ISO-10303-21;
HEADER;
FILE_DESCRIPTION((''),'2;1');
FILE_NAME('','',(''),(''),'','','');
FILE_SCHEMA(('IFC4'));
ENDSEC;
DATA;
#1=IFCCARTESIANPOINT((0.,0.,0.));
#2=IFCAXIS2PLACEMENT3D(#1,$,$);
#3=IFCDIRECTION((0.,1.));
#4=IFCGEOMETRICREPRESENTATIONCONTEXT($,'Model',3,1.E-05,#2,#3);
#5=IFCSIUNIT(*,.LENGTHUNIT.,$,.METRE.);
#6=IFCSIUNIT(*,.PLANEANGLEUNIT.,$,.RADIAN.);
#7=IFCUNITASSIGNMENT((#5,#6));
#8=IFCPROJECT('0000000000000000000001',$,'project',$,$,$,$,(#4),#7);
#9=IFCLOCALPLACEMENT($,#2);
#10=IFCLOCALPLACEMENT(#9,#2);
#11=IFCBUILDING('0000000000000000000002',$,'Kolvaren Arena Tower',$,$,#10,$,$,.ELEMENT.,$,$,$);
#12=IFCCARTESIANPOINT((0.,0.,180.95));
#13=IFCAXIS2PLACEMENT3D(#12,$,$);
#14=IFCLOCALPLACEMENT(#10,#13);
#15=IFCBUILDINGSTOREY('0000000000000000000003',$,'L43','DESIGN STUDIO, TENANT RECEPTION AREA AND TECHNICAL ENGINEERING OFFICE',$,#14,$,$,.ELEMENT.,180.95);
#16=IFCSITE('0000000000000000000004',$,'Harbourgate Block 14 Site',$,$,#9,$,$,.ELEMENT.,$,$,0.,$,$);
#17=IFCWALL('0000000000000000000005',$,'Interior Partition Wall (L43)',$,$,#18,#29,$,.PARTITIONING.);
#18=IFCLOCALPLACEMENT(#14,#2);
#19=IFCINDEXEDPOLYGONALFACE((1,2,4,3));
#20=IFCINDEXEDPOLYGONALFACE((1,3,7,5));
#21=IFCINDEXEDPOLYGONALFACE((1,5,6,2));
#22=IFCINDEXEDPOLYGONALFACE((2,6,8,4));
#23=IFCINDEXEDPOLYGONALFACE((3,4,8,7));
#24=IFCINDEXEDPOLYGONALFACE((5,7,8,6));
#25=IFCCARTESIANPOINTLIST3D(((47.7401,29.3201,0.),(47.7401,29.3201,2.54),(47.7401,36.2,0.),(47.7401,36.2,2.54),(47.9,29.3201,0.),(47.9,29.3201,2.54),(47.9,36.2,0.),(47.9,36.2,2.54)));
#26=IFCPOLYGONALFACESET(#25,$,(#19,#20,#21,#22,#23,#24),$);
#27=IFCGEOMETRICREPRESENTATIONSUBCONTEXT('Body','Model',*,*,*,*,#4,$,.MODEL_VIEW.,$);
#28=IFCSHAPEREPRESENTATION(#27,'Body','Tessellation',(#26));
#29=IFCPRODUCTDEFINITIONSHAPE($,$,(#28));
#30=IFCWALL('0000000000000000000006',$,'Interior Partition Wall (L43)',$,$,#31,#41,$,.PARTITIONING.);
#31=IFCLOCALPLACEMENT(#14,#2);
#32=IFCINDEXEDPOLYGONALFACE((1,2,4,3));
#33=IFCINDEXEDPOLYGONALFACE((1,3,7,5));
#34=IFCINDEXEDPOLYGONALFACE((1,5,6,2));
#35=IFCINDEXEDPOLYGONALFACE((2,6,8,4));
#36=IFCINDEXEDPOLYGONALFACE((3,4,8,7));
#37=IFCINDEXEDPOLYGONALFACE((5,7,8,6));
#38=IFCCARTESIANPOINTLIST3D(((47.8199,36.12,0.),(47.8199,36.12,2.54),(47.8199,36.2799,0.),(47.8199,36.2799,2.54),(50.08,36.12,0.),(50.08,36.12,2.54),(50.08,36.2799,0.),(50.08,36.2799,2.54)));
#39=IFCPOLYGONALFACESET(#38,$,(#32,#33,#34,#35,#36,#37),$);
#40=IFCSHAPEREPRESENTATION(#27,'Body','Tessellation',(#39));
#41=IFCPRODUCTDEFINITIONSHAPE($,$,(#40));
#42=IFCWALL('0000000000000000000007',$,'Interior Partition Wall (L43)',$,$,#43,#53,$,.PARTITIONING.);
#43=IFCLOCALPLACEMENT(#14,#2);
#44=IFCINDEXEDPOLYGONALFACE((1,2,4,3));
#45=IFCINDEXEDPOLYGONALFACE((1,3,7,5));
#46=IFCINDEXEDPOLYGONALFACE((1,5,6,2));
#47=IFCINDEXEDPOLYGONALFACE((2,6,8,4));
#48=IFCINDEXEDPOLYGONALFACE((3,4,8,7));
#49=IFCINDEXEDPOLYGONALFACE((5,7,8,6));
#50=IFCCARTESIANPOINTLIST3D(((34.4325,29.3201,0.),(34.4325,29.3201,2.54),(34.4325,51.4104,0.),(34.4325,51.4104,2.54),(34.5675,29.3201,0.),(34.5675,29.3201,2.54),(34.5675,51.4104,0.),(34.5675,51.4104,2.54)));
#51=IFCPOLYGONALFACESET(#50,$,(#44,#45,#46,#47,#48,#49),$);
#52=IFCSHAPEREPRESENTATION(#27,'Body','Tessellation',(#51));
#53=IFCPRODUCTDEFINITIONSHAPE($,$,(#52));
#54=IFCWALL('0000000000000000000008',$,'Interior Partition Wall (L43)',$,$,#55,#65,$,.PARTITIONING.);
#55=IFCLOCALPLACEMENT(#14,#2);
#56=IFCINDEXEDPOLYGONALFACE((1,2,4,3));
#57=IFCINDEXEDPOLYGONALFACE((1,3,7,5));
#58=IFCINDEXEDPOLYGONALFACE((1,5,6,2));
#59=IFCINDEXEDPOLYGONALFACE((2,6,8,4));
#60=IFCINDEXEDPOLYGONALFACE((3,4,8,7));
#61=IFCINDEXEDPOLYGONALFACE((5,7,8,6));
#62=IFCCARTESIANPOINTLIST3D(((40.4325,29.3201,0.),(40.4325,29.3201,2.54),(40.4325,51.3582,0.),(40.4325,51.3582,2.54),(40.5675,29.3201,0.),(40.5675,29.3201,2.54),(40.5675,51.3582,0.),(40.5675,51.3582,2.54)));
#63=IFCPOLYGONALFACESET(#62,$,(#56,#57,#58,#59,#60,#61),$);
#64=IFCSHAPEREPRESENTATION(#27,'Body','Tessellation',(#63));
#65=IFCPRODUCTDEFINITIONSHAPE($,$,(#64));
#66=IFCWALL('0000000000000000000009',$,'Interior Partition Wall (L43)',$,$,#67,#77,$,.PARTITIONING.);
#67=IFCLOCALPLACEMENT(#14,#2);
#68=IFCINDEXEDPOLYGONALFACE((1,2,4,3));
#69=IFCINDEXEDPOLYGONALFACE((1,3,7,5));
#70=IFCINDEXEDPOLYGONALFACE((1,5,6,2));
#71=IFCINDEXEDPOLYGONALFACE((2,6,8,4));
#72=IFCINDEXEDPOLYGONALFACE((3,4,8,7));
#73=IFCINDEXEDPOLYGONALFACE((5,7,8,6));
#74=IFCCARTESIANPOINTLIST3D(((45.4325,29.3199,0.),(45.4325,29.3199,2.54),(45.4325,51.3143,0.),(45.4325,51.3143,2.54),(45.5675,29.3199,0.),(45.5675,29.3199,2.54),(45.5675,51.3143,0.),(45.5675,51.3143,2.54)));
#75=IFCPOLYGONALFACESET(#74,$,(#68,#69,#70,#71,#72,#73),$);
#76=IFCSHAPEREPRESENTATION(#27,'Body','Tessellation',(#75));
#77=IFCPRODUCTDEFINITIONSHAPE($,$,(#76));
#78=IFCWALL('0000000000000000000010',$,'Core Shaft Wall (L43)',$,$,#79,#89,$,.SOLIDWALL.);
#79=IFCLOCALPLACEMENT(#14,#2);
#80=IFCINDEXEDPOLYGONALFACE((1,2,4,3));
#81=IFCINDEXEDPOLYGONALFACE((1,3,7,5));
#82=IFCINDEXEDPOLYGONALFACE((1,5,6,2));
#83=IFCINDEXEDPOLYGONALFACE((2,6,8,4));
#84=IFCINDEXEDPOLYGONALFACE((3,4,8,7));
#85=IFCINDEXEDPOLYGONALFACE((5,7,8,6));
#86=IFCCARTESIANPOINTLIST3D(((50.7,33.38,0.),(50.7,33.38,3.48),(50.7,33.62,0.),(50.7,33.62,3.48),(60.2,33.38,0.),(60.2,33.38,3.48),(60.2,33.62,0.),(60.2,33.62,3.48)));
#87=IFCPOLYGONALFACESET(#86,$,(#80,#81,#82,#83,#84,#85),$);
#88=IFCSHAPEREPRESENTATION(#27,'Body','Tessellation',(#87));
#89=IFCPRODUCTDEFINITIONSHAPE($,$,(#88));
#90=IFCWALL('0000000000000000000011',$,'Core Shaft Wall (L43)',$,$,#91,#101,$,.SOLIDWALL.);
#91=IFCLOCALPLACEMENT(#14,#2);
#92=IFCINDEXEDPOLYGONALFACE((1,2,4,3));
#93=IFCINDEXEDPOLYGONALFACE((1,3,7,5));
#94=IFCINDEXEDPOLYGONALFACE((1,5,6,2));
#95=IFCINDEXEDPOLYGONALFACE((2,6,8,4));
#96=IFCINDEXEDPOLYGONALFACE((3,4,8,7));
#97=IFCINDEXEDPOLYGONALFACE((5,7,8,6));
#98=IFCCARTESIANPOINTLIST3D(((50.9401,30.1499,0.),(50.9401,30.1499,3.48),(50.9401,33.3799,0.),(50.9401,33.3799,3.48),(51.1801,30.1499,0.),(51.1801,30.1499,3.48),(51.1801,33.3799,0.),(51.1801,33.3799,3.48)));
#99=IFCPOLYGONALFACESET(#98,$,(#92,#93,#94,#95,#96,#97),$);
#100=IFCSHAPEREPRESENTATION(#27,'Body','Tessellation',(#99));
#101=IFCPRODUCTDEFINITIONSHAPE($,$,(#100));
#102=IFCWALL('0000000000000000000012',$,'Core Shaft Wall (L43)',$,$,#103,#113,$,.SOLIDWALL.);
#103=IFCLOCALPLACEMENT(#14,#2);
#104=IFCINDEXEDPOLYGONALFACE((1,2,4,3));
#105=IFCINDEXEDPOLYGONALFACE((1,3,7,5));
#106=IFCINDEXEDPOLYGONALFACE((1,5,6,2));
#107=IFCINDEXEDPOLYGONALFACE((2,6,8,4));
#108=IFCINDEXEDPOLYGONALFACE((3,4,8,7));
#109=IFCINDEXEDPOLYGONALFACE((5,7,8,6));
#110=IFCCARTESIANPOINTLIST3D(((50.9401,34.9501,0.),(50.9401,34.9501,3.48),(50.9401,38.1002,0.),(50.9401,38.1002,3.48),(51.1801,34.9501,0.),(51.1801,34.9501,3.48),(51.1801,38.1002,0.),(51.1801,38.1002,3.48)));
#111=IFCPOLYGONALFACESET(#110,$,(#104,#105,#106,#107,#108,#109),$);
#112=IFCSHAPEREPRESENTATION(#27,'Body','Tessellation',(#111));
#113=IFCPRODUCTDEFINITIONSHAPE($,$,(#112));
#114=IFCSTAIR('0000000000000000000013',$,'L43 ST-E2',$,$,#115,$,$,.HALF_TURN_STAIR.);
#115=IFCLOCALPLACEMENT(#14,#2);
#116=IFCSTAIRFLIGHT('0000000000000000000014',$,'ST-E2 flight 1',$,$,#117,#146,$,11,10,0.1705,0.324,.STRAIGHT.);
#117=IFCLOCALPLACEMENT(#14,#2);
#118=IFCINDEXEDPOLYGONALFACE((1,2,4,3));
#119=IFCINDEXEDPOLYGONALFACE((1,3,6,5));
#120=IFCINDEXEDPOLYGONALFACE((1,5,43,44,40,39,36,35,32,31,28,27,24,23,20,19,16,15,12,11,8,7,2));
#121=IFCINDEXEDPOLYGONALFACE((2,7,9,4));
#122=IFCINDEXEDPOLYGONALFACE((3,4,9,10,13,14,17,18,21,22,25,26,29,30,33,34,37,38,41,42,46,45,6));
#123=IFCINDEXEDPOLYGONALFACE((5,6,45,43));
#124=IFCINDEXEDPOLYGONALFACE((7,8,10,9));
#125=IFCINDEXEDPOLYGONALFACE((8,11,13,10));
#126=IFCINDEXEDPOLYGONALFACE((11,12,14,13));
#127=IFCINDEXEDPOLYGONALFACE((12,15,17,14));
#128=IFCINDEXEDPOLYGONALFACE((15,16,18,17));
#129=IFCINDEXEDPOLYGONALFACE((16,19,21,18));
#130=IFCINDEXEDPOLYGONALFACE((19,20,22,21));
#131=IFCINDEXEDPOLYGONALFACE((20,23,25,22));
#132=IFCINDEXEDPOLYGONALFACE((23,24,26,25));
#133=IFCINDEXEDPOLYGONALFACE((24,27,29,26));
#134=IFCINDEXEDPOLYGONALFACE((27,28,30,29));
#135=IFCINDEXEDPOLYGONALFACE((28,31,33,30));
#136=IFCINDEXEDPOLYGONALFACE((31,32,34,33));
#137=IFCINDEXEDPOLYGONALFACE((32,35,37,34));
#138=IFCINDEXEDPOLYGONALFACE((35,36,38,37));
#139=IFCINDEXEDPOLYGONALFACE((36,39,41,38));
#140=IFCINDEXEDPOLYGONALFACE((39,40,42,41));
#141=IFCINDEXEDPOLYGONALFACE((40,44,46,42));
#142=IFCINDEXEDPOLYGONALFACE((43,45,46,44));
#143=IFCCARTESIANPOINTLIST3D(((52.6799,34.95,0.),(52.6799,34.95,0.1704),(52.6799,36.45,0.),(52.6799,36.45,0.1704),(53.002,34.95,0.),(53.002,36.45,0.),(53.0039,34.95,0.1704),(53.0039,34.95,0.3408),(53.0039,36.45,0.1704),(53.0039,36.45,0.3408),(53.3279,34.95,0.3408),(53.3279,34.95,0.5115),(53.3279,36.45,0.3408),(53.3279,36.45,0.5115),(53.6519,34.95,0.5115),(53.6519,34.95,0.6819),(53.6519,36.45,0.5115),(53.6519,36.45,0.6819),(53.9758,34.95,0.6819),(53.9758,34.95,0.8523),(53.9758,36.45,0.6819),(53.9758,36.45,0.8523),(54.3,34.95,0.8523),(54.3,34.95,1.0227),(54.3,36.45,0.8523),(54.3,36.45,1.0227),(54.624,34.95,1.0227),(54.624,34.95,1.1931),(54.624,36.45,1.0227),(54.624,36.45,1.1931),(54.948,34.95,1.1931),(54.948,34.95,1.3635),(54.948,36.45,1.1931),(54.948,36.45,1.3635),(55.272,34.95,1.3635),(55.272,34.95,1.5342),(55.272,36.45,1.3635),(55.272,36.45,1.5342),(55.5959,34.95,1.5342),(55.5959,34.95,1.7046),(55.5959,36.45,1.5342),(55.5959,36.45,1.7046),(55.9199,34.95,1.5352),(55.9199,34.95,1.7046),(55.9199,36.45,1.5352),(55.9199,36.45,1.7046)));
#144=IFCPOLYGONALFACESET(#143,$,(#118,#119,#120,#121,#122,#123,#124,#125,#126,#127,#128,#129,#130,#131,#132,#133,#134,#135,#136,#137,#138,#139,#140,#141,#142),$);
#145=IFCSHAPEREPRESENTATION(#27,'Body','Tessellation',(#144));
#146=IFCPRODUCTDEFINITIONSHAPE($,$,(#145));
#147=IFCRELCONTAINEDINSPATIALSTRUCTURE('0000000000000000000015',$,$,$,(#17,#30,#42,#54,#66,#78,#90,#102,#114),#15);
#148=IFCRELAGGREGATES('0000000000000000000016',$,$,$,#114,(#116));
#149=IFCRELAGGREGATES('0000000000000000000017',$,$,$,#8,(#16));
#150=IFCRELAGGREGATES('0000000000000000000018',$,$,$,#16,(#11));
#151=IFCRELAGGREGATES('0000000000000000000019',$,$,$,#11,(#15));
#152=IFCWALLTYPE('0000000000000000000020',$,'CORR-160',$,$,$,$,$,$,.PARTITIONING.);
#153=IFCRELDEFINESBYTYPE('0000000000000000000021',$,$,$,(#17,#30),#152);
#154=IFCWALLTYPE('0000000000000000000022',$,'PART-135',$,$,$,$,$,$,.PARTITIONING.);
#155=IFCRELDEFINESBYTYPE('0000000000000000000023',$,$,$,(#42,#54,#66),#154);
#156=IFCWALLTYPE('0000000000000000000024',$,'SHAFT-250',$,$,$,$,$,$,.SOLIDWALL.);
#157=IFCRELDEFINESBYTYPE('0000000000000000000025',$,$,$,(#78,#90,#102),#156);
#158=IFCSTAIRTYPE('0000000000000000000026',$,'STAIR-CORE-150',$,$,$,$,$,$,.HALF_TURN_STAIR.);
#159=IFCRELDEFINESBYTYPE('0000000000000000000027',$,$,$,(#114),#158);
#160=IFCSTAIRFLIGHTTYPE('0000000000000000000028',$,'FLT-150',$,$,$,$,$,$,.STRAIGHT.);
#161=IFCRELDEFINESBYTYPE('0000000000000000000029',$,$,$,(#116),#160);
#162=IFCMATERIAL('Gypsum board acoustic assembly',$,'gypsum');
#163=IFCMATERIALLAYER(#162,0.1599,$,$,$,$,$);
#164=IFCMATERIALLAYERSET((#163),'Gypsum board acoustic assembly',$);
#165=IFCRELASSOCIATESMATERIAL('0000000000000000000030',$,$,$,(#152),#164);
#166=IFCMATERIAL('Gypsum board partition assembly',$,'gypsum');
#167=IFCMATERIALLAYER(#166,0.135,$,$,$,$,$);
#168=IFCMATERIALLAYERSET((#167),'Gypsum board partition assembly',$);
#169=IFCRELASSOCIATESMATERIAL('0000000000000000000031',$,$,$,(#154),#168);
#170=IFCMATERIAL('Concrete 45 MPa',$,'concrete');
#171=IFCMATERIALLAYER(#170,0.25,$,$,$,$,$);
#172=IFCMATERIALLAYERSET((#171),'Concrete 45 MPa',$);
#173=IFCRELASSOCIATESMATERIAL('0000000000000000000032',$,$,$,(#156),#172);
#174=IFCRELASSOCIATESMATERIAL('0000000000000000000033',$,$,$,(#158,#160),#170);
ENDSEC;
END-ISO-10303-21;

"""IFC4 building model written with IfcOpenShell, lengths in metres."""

from ifc_helpers import new_model, si_unit, direction, frame, frame_2d, origin, place, context, subcontext, project, spatial, polyline, rectangle, outline, extrude, material, layer, layer_set, type_object, element, aggregate, save


model = new_model("IFC4")

# Units and contexts
model_context = context("Model", 3, precision=1e-05, world=origin(), true_north=direction((0.0, 1.0)))
body_context = subcontext(model_context, "Body", "Model", "MODEL_VIEW")
ifc_project = project(units=[si_unit("LENGTHUNIT", "METRE"), si_unit("PLANEANGLEUNIT", "RADIAN")], contexts=[model_context])

# Site, building, storey
site_placement = place(None, origin())
site = spatial("IfcSite", under=ifc_project, at=site_placement, Name="Harbourgate Block 14 Site", CompositionType="ELEMENT", RefElevation=0.0)
building_placement = place(site_placement, origin())
building = spatial("IfcBuilding", under=site, at=building_placement, Name="Kolvaren Arena Tower", CompositionType="ELEMENT")
storey_placement = place(building_placement, frame((0.0, 0.0, 180.95)))
storey = spatial("IfcBuildingStorey", under=building, at=storey_placement, Name="L43", Description="DESIGN STUDIO, TENANT RECEPTION AREA AND TECHNICAL ENGINEERING OFFICE", CompositionType="ELEMENT", Elevation=180.95)

# Walls
ifc_material_1 = material(Name="Gypsum board acoustic assembly", Category="gypsum")
ifc_layer_1 = layer(ifc_material_1, 0.1599)
ifc_layer_set_1 = layer_set([ifc_layer_1], Name="Gypsum board acoustic assembly")
wall_type_1 = type_object("IfcWallType", Name="CORR-160", PredefinedType="PARTITIONING", material=ifc_layer_set_1)
wall_1_placement = place(storey_placement, frame((47.8201, 29.3201, 0.0), z_axis=(0.0, 0.0, 1.0), x_axis=(0.0, 1.0, 0.0)))
element("IfcWall", 1, at=wall_1_placement, inside=storey, type_object=wall_type_1, Name="Interior Partition Wall (L43)", PredefinedType="PARTITIONING", context=body_context, shape_type="SweptSolid", body=[
    extrude(rectangle(XDim=6.8799, YDim=0.1599, at=frame_2d((3.4399, 0.0))), origin(), (0.0, 0.0, 1.0), 2.54),
])
wall_2_placement = place(storey_placement, frame((47.8201, 36.2, 0.0), z_axis=(0.0, 0.0, 1.0), x_axis=(1.0, 0.0, 0.0)))
element("IfcWall", 2, at=wall_2_placement, inside=storey, type_object=wall_type_1, Name="Interior Partition Wall (L43)", PredefinedType="PARTITIONING", context=body_context, shape_type="SweptSolid", body=[
    extrude(rectangle(XDim=2.26, YDim=0.1599, at=frame_2d((1.1299, 0.0))), origin(), (0.0, 0.0, 1.0), 2.54),
])
ifc_material_2 = material(Name="Gypsum board partition assembly", Category="gypsum")
ifc_layer_2 = layer(ifc_material_2, 0.135)
ifc_layer_set_2 = layer_set([ifc_layer_2], Name="Gypsum board partition assembly")
wall_type_2 = type_object("IfcWallType", Name="PART-135", PredefinedType="PARTITIONING", material=ifc_layer_set_2)
wall_3_placement = place(storey_placement, frame((34.5, 29.3201, 0.0), z_axis=(0.0, 0.0, 1.0), x_axis=(0.0, 1.0, 0.0)))
element("IfcWall", 3, at=wall_3_placement, inside=storey, type_object=wall_type_2, Name="Interior Partition Wall (L43)", PredefinedType="PARTITIONING", context=body_context, shape_type="SweptSolid", body=[
    extrude(rectangle(XDim=22.0903, YDim=0.135, at=frame_2d((11.0452, 0.0))), origin(), (0.0, 0.0, 1.0), 2.54),
])
wall_4_placement = place(storey_placement, frame((40.5, 29.3201, 0.0), z_axis=(0.0, 0.0, 1.0), x_axis=(0.0, 1.0, 0.0)))
element("IfcWall", 4, at=wall_4_placement, inside=storey, type_object=wall_type_2, Name="Interior Partition Wall (L43)", PredefinedType="PARTITIONING", context=body_context, shape_type="SweptSolid", body=[
    extrude(rectangle(XDim=22.0381, YDim=0.135, at=frame_2d((11.019, 0.0))), origin(), (0.0, 0.0, 1.0), 2.54),
])
wall_5_placement = place(storey_placement, frame((45.5, 29.3201, 0.0), z_axis=(0.0, 0.0, 1.0), x_axis=(0.0, 1.0, 0.0)))
element("IfcWall", 5, at=wall_5_placement, inside=storey, type_object=wall_type_2, Name="Interior Partition Wall (L43)", PredefinedType="PARTITIONING", context=body_context, shape_type="SweptSolid", body=[
    extrude(rectangle(XDim=21.9944, YDim=0.135, at=frame_2d((10.9971, 0.0))), origin(), (0.0, 0.0, 1.0), 2.54),
])
ifc_material_3 = material(Name="Concrete 45 MPa", Category="concrete")
ifc_layer_3 = layer(ifc_material_3, 0.25)
ifc_layer_set_3 = layer_set([ifc_layer_3], Name="Concrete 45 MPa")
wall_type_3 = type_object("IfcWallType", Name="SHAFT-250", PredefinedType="SOLIDWALL", material=ifc_layer_set_3)
wall_6_placement = place(storey_placement, frame((50.7, 33.5, 0.0), z_axis=(0.0, 0.0, 1.0), x_axis=(1.0, 0.0, 0.0)))
element("IfcWall", 6, at=wall_6_placement, inside=storey, type_object=wall_type_3, Name="Core Shaft Wall (L43)", PredefinedType="SOLIDWALL", context=body_context, shape_type="SweptSolid", body=[
    extrude(rectangle(XDim=9.5, YDim=0.24, at=frame_2d((4.75, 0.0))), origin(), (0.0, 0.0, 1.0), 3.48),
])
wall_7_placement = place(storey_placement, frame((51.0601, 30.1499, 0.0), z_axis=(0.0, 0.0, 1.0), x_axis=(0.0, 1.0, 0.0)))
element("IfcWall", 7, at=wall_7_placement, inside=storey, type_object=wall_type_3, Name="Core Shaft Wall (L43)", PredefinedType="SOLIDWALL", context=body_context, shape_type="SweptSolid", body=[
    extrude(rectangle(XDim=3.23, YDim=0.24, at=frame_2d((1.615, 0.0))), origin(), (0.0, 0.0, 1.0), 3.48),
])
wall_8_placement = place(storey_placement, frame((51.0601, 34.95, 0.0), z_axis=(0.0, 0.0, 1.0), x_axis=(0.0, 1.0, 0.0)))
element("IfcWall", 8, at=wall_8_placement, inside=storey, type_object=wall_type_3, Name="Core Shaft Wall (L43)", PredefinedType="SOLIDWALL", context=body_context, shape_type="SweptSolid", body=[
    extrude(rectangle(XDim=3.1501, YDim=0.24, at=frame_2d((1.5752, 0.0))), origin(), (0.0, 0.0, 1.0), 3.48),
])

# Stair, stair flight
stair_type = type_object("IfcStairType", Name="STAIR-CORE-150", PredefinedType="HALF_TURN_STAIR", material=ifc_material_3)
stair_placement = place(storey_placement, origin())
stair = element("IfcStair", 9, at=stair_placement, inside=storey, type_object=stair_type, Name="L43 ST-E2", PredefinedType="HALF_TURN_STAIR")
stair_flight_type = type_object("IfcStairFlightType", Name="FLT-150", PredefinedType="STRAIGHT", material=ifc_material_3)
stair_flight_placement = place(storey_placement, frame((52.6799, 35.7, 0.0), z_axis=(0.0, 0.0, 1.0), x_axis=(1.0, 0.0, 0.0)))
stair_flight = element("IfcStairFlight", 10, at=stair_flight_placement, type_object=stair_flight_type, Name="ST-E2 flight 1", NumberOfRisers=11, NumberOfTreads=10, PredefinedType="STRAIGHT", RiserHeight=0.1705, TreadLength=0.324, context=body_context, shape_type="SweptSolid", body=[
    extrude(outline(polyline([(0.0, 0.0), (0.0, 0.1704), (0.324, 0.1704), (0.324, 0.3408), (0.6479, 0.3408), (0.6479, 0.5115), (0.9719, 0.5115), (0.9719, 0.6819), (1.2959, 0.6819), (1.2959, 0.8523), (1.6201, 0.8523), (1.6201, 1.0227), (1.9441, 1.0227), (1.9441, 1.1931), (2.2681, 1.1931), (2.2681, 1.3635), (2.592, 1.3635), (2.592, 1.5342), (2.916, 1.5342), (2.916, 1.7046), (3.24, 1.7046), (3.24, 1.875), (3.24, 1.5352), (0.322, 0.0), (0.0, 0.0)])), frame((0.0, 0.75, 0.0), z_axis=(0.0, -1.0, 0.0), x_axis=(1.0, 0.0, 0.0)), (0.0, 0.0, 1.0), 1.5),
])
aggregate(stair, [stair_flight])

save(model, "model.ifc")
